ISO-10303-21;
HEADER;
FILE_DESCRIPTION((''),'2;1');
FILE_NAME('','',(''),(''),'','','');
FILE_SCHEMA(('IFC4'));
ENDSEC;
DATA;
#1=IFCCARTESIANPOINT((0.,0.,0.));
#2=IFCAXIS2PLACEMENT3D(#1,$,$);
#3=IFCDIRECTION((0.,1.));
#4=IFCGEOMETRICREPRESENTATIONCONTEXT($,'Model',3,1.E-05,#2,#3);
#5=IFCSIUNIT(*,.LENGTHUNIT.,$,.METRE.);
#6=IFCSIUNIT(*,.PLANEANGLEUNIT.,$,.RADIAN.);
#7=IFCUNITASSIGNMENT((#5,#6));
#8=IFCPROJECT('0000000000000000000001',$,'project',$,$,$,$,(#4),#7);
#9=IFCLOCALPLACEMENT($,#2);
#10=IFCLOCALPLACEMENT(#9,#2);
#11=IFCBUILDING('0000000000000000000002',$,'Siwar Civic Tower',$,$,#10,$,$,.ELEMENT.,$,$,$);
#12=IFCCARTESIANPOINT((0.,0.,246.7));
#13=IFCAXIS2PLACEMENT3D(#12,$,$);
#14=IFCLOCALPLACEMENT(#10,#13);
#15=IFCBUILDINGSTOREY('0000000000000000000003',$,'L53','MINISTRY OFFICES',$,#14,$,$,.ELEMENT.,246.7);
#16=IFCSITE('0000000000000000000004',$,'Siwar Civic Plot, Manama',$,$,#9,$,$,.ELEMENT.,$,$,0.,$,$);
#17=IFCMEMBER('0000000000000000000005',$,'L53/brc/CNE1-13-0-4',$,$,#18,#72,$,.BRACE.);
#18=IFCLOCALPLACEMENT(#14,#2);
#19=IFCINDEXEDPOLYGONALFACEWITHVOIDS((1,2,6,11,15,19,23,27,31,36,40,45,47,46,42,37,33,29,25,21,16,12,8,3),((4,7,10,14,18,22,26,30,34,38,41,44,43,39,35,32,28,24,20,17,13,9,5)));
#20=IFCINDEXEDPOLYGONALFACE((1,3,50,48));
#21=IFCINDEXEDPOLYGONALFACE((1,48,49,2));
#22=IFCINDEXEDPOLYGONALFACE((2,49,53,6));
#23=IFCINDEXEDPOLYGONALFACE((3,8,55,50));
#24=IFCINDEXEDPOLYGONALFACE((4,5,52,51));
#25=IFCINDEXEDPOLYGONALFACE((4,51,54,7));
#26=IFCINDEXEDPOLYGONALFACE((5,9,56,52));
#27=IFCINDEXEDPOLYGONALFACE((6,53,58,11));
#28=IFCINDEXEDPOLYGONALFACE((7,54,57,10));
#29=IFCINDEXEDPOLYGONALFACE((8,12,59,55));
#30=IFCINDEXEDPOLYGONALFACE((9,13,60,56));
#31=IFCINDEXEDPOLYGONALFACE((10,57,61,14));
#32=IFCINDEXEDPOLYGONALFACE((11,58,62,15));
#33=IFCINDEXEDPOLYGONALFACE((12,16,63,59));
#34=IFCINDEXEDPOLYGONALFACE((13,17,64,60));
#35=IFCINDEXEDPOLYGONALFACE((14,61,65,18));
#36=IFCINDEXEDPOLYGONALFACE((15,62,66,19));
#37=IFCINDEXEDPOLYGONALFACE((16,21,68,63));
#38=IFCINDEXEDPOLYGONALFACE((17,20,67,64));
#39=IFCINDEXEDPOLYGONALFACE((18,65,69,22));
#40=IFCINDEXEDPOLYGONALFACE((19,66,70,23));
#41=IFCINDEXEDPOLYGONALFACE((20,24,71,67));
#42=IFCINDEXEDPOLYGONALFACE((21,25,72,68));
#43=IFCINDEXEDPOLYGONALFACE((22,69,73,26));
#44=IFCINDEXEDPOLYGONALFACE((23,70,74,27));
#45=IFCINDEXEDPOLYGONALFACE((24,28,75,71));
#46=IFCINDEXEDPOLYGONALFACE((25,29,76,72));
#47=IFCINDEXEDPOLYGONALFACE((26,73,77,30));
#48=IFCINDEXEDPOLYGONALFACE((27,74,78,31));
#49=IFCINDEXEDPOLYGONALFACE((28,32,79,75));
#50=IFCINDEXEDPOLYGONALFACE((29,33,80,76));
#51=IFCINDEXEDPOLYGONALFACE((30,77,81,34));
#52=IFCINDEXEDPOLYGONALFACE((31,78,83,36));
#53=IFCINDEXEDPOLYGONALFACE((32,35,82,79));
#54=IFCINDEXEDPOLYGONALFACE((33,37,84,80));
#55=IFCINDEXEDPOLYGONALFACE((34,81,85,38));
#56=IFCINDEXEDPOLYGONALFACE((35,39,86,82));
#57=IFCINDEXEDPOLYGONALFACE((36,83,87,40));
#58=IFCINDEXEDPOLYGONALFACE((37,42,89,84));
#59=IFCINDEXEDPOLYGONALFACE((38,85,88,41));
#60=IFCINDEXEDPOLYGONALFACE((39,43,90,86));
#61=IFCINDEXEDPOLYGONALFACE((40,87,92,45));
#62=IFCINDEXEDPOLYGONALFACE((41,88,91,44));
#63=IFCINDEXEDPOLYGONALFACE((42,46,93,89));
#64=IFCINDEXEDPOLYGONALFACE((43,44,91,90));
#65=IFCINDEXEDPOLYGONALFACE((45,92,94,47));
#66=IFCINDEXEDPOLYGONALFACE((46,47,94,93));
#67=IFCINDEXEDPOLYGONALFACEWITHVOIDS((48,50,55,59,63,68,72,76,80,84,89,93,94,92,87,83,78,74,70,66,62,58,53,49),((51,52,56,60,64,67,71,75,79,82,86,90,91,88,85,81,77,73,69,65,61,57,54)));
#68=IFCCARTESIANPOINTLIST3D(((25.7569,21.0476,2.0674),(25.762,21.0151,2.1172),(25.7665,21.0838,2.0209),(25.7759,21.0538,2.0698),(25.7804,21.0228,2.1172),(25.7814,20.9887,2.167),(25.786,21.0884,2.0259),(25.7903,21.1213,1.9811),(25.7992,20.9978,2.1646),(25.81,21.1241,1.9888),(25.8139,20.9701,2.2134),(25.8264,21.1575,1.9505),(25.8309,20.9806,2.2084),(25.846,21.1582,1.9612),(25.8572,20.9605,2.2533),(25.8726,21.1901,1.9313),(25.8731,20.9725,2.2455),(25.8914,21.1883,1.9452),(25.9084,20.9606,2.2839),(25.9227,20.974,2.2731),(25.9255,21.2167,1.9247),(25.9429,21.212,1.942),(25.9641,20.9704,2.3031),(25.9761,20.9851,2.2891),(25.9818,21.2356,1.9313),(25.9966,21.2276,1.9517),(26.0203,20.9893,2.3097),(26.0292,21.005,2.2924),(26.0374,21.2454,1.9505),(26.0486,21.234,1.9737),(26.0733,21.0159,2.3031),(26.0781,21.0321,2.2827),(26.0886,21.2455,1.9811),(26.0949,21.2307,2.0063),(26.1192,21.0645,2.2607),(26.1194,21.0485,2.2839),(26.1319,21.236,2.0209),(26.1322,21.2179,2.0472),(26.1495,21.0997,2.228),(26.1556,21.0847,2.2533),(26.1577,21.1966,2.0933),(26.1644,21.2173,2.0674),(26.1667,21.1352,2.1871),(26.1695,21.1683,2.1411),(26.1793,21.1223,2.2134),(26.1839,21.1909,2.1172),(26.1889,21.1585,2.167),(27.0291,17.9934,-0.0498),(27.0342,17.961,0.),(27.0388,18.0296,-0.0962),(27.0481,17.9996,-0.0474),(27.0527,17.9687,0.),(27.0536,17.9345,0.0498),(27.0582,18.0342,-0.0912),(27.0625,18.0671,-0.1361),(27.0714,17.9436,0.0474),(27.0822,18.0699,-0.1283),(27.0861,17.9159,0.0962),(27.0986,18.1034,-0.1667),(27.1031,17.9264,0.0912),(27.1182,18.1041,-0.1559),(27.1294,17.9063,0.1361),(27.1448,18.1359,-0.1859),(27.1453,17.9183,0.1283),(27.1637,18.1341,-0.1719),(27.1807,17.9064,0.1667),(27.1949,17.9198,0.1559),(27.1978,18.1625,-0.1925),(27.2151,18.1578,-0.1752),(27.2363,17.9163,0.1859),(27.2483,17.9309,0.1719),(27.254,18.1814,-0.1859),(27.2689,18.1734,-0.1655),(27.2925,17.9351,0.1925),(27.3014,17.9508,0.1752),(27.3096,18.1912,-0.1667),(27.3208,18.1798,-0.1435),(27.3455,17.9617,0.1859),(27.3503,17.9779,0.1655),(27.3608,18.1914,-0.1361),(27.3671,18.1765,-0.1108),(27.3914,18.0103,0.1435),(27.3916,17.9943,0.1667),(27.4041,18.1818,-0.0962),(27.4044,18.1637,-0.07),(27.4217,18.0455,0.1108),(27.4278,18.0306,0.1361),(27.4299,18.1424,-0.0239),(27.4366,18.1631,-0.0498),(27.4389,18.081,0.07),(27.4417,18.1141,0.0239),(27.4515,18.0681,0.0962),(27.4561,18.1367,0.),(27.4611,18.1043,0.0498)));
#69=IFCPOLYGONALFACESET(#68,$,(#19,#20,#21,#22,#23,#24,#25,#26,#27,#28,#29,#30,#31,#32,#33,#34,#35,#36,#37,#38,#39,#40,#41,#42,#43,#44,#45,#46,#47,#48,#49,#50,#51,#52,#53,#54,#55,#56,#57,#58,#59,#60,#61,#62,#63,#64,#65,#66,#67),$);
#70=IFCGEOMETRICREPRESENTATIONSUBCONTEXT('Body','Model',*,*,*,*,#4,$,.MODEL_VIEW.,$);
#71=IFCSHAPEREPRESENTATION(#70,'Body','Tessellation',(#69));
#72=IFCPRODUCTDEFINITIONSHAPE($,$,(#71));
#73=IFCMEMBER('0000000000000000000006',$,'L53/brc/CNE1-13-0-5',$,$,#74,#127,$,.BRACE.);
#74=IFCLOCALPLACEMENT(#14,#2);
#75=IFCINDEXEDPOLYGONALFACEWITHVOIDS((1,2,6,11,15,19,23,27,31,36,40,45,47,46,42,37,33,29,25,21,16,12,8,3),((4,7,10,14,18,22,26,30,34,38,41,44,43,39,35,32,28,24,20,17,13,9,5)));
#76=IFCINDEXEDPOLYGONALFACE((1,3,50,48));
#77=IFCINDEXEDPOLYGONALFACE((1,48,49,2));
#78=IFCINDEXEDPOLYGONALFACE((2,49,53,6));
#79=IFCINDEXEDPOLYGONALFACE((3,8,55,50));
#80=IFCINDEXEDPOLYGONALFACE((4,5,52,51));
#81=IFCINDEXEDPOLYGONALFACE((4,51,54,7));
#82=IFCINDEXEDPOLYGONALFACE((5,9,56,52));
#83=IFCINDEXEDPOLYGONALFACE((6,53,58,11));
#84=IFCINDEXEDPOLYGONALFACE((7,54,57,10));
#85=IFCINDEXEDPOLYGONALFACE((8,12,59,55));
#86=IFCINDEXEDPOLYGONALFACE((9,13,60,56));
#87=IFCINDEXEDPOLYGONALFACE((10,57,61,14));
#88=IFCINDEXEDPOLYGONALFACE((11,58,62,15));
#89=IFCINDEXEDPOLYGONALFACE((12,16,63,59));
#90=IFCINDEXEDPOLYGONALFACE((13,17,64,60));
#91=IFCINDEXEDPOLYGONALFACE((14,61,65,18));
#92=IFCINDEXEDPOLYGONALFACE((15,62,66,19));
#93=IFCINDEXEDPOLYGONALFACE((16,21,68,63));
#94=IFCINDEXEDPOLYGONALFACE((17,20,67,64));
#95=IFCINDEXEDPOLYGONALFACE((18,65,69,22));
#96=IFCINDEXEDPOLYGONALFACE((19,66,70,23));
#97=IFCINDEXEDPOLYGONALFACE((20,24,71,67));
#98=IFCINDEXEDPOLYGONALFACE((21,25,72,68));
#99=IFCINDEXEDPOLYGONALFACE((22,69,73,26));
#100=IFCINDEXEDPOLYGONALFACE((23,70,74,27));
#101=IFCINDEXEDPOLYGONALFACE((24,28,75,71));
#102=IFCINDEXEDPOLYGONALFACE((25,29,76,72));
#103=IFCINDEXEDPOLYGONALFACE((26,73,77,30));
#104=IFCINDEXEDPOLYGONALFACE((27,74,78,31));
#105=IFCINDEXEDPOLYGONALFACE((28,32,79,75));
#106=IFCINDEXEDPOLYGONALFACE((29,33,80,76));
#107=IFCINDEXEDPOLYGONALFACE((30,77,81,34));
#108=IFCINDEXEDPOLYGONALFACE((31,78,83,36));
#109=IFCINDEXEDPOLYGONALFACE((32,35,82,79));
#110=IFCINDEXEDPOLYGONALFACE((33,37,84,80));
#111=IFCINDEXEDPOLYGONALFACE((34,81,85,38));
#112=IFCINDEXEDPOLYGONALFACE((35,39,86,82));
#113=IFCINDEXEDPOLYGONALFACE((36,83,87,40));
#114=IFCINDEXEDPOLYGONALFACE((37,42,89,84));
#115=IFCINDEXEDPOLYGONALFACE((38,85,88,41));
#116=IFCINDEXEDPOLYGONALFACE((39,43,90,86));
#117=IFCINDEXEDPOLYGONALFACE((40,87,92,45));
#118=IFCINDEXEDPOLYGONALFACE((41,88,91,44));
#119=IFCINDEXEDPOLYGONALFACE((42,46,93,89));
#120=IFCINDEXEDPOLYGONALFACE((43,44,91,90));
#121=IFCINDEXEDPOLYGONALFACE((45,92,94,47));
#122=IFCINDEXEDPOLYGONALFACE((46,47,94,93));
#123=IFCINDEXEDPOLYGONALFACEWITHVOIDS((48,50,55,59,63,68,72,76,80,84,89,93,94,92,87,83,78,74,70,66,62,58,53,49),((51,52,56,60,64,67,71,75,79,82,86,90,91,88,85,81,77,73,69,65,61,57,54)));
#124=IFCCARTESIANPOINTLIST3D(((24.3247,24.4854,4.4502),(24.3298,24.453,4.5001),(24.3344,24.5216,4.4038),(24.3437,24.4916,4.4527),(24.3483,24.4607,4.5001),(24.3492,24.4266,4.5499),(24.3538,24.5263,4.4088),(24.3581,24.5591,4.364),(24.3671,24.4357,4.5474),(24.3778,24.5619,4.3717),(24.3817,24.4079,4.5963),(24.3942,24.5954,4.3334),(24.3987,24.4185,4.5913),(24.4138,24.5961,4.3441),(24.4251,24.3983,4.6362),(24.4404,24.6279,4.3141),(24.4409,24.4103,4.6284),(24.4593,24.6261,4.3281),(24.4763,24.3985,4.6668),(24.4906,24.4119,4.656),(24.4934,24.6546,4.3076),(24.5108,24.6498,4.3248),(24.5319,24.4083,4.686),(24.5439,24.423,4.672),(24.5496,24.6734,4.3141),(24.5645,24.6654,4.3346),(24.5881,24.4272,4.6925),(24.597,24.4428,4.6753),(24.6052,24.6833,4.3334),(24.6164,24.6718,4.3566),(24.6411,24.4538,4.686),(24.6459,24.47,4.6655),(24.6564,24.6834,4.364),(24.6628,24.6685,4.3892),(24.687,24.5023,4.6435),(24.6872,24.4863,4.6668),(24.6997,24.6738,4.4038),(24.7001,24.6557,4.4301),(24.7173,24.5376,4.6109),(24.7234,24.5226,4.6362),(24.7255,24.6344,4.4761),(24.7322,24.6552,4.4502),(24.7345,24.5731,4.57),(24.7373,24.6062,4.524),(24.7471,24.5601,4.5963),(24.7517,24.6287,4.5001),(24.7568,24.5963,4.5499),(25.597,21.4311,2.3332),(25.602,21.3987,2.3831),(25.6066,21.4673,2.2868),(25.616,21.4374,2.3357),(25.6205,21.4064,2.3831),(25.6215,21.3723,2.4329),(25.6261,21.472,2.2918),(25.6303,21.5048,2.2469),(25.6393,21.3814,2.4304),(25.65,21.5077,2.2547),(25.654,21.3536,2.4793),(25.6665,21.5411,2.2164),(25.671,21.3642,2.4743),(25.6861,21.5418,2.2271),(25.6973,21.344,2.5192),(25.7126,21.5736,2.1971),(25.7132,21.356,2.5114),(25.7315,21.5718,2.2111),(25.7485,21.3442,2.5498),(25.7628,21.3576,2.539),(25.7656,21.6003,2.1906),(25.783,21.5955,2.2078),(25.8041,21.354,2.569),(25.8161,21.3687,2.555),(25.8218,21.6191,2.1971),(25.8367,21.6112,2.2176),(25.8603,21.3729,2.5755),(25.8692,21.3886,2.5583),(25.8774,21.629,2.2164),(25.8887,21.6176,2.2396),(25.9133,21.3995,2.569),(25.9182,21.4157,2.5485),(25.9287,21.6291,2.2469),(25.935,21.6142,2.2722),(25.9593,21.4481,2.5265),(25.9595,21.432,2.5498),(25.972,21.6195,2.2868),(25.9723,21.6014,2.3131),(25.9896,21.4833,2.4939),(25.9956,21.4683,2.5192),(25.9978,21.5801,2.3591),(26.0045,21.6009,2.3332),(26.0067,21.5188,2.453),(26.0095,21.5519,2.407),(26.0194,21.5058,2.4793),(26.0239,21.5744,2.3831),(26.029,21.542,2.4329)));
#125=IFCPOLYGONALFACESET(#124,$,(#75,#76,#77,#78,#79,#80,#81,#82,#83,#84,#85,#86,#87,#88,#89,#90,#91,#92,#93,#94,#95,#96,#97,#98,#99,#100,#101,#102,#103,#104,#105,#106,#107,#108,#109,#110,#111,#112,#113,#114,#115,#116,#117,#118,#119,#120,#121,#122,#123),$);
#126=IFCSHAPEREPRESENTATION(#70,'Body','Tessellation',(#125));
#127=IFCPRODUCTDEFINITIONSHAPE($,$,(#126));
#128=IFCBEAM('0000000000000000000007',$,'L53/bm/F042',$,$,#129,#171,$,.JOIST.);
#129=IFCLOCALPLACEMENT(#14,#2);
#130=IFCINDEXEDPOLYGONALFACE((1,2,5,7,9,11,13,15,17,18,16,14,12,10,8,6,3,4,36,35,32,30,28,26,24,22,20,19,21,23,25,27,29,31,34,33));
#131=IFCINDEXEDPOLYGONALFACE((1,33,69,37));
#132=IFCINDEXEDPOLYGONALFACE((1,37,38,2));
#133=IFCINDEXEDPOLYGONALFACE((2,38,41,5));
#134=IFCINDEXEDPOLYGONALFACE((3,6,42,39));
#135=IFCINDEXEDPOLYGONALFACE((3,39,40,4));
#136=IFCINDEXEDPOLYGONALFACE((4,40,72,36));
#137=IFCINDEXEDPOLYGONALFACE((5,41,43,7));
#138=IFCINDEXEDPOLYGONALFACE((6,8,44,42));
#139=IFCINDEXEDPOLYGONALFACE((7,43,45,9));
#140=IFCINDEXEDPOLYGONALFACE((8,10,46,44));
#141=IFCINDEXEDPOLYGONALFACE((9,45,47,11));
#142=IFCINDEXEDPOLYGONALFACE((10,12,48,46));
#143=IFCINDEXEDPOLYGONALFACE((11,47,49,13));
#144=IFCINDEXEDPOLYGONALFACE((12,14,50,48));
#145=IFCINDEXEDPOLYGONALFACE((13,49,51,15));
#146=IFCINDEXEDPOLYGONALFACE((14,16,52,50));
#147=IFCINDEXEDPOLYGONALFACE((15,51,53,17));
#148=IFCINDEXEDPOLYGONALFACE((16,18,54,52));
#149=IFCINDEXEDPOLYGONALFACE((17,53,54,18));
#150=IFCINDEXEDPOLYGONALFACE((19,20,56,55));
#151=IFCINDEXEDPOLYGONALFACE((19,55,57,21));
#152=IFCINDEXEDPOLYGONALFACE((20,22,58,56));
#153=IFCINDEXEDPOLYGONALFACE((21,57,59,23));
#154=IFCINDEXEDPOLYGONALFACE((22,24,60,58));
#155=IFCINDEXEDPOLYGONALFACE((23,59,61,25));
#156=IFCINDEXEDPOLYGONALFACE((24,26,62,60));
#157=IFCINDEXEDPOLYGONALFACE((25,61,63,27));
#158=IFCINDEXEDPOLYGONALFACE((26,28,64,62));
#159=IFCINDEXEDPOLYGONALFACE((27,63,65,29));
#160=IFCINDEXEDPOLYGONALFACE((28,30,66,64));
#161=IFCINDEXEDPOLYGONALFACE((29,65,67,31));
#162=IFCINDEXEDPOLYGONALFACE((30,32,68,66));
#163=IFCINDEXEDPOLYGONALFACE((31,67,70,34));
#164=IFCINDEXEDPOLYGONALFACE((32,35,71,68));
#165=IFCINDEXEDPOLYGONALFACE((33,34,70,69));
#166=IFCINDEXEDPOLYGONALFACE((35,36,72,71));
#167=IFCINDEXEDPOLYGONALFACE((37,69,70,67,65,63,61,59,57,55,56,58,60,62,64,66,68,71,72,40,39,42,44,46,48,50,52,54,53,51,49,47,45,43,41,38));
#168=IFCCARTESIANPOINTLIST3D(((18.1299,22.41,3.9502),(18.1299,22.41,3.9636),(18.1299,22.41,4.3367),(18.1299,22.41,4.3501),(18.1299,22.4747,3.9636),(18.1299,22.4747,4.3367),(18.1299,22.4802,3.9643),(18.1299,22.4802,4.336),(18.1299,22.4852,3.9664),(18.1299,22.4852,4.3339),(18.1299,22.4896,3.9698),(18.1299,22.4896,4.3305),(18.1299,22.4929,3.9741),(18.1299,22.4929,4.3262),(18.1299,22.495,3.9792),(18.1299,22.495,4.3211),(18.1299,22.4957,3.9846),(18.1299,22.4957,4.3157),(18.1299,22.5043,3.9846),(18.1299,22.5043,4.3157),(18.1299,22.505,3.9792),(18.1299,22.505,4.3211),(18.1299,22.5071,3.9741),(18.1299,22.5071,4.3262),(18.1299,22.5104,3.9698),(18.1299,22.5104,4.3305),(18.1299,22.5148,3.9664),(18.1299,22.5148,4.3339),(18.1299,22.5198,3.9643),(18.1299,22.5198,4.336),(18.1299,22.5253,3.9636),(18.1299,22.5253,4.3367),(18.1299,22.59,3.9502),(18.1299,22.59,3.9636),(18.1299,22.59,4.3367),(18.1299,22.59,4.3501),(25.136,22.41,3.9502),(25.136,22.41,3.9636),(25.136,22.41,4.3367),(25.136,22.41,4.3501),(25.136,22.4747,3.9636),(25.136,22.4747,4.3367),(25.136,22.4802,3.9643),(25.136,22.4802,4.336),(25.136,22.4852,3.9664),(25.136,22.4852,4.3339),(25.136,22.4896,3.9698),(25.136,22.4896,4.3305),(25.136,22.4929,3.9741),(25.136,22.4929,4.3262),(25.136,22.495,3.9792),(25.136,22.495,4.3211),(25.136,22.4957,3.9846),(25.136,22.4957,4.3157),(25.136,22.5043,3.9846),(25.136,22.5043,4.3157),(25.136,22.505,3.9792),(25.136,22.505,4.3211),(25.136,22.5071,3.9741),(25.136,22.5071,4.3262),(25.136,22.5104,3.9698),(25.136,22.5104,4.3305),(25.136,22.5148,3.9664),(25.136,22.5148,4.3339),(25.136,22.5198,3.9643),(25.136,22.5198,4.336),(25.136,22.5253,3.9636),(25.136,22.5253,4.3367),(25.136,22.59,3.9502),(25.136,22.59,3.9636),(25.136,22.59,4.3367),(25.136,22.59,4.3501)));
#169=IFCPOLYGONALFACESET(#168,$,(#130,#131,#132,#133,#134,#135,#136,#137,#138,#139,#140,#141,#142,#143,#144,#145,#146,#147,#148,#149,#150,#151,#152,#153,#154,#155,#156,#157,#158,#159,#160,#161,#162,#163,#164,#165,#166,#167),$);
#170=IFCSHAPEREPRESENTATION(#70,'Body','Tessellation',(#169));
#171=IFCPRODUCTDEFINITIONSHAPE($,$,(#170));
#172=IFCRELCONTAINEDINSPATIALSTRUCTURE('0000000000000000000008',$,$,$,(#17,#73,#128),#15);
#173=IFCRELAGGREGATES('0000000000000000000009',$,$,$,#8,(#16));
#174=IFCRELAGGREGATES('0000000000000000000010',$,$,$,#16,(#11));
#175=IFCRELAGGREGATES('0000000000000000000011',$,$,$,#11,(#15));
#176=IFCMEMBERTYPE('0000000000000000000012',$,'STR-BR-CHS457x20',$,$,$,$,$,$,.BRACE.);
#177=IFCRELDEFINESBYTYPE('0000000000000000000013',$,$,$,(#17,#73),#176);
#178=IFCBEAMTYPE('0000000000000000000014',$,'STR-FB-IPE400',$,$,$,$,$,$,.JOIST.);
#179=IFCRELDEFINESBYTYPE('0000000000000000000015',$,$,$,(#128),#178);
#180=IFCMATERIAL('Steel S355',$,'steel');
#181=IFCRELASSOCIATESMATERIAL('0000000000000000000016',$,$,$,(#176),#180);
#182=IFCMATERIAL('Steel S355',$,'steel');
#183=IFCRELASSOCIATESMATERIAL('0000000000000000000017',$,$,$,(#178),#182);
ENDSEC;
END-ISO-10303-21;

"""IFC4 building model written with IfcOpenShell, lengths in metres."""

from ifc_helpers import new_model, si_unit, direction, frame, origin, origin_2d, place, context, subcontext, project, spatial, hollow_circle, i_section, extrude, material, material_profile, profile_set, type_object, element, save


model = new_model("IFC4")

# Units and contexts
model_context = context("Model", 3, precision=1e-05, world=origin(), true_north=direction((0.0, 1.0)))
body_context = subcontext(model_context, "Body", "Model", "MODEL_VIEW")
ifc_project = project(units=[si_unit("LENGTHUNIT", "METRE"), si_unit("PLANEANGLEUNIT", "RADIAN")], contexts=[model_context])

# Site, building, storey
site_placement = place(None, origin())
site = spatial("IfcSite", under=ifc_project, at=site_placement, Name="Siwar Civic Plot, Manama", CompositionType="ELEMENT", RefElevation=0.0)
building_placement = place(site_placement, origin())
building = spatial("IfcBuilding", under=site, at=building_placement, Name="Siwar Civic Tower", CompositionType="ELEMENT")
storey_placement = place(building_placement, frame((0.0, 0.0, 246.7)))
storey = spatial("IfcBuildingStorey", under=building, at=storey_placement, Name="L53", Description="MINISTRY OFFICES", CompositionType="ELEMENT", Elevation=246.7)

# Members
ifc_material_1 = material(Name="Steel S355", Category="steel")
ifc_material_profile_1 = material_profile(ifc_material_1, hollow_circle(Radius=0.2285, WallThickness=0.02, at=origin_2d()), Name="CHS457x20")
ifc_profile_set_1 = profile_set([ifc_material_profile_1], Name="Steel S355")
member_type_1 = type_object("IfcMemberType", Name="STR-BR-CHS457x20", PredefinedType="BRACE", material=ifc_profile_set_1)
for number, where, z_axis, x_axis, name in (
    (1, (27.2451, 18.0488, 0.0), (-0.323884, 0.777546, 0.538999), (-0.923116, -0.384521, 0.0), "L53/brc/CNE1-13-0-4"),
    (2, (25.813, 21.4866, 2.3831), (-0.323895, 0.777572, 0.538955), (-0.923116, -0.384521, 0.0), "L53/brc/CNE1-13-0-5"),
):
    element("IfcMember", number, at=place(storey_placement, frame(where, z_axis=z_axis, x_axis=x_axis)), inside=storey, type_object=member_type_1, Name=name, PredefinedType="BRACE", context=body_context, shape_type="SweptSolid", body=[
        extrude(hollow_circle(Radius=0.2285, WallThickness=0.02, at=origin_2d()), origin(), (0.0, 0.0, 1.0), 3.928),
    ])

# Beam
ifc_material_2 = material(Name="Steel S355", Category="steel")
ifc_material_profile_2 = material_profile(ifc_material_2, i_section(OverallWidth=0.1799, OverallDepth=0.3999, WebThickness=0.0085, FlangeThickness=0.0134, FilletRadius=0.021, at=origin_2d()), Name="IPE400")
ifc_profile_set_2 = profile_set([ifc_material_profile_2], Name="Steel S355")
beam_type_1 = type_object("IfcBeamType", Name="STR-FB-IPE400", PredefinedType="JOIST", material=ifc_profile_set_2)
beam_1_placement = place(storey_placement, frame((18.1299, 22.5, 4.1501), z_axis=(1.0, 0.0, 0.0), x_axis=(0.0, 1.0, 0.0)))
element("IfcBeam", 3, at=beam_1_placement, inside=storey, type_object=beam_type_1, Name="L53/bm/F042", PredefinedType="JOIST", context=body_context, shape_type="SweptSolid", body=[
    extrude(i_section(OverallWidth=0.1799, OverallDepth=0.3999, WebThickness=0.0085, FlangeThickness=0.0134, FilletRadius=0.021, at=origin_2d()), origin(), (0.0, 0.0, 1.0), 7.0061),
])

save(model, "model.ifc")
